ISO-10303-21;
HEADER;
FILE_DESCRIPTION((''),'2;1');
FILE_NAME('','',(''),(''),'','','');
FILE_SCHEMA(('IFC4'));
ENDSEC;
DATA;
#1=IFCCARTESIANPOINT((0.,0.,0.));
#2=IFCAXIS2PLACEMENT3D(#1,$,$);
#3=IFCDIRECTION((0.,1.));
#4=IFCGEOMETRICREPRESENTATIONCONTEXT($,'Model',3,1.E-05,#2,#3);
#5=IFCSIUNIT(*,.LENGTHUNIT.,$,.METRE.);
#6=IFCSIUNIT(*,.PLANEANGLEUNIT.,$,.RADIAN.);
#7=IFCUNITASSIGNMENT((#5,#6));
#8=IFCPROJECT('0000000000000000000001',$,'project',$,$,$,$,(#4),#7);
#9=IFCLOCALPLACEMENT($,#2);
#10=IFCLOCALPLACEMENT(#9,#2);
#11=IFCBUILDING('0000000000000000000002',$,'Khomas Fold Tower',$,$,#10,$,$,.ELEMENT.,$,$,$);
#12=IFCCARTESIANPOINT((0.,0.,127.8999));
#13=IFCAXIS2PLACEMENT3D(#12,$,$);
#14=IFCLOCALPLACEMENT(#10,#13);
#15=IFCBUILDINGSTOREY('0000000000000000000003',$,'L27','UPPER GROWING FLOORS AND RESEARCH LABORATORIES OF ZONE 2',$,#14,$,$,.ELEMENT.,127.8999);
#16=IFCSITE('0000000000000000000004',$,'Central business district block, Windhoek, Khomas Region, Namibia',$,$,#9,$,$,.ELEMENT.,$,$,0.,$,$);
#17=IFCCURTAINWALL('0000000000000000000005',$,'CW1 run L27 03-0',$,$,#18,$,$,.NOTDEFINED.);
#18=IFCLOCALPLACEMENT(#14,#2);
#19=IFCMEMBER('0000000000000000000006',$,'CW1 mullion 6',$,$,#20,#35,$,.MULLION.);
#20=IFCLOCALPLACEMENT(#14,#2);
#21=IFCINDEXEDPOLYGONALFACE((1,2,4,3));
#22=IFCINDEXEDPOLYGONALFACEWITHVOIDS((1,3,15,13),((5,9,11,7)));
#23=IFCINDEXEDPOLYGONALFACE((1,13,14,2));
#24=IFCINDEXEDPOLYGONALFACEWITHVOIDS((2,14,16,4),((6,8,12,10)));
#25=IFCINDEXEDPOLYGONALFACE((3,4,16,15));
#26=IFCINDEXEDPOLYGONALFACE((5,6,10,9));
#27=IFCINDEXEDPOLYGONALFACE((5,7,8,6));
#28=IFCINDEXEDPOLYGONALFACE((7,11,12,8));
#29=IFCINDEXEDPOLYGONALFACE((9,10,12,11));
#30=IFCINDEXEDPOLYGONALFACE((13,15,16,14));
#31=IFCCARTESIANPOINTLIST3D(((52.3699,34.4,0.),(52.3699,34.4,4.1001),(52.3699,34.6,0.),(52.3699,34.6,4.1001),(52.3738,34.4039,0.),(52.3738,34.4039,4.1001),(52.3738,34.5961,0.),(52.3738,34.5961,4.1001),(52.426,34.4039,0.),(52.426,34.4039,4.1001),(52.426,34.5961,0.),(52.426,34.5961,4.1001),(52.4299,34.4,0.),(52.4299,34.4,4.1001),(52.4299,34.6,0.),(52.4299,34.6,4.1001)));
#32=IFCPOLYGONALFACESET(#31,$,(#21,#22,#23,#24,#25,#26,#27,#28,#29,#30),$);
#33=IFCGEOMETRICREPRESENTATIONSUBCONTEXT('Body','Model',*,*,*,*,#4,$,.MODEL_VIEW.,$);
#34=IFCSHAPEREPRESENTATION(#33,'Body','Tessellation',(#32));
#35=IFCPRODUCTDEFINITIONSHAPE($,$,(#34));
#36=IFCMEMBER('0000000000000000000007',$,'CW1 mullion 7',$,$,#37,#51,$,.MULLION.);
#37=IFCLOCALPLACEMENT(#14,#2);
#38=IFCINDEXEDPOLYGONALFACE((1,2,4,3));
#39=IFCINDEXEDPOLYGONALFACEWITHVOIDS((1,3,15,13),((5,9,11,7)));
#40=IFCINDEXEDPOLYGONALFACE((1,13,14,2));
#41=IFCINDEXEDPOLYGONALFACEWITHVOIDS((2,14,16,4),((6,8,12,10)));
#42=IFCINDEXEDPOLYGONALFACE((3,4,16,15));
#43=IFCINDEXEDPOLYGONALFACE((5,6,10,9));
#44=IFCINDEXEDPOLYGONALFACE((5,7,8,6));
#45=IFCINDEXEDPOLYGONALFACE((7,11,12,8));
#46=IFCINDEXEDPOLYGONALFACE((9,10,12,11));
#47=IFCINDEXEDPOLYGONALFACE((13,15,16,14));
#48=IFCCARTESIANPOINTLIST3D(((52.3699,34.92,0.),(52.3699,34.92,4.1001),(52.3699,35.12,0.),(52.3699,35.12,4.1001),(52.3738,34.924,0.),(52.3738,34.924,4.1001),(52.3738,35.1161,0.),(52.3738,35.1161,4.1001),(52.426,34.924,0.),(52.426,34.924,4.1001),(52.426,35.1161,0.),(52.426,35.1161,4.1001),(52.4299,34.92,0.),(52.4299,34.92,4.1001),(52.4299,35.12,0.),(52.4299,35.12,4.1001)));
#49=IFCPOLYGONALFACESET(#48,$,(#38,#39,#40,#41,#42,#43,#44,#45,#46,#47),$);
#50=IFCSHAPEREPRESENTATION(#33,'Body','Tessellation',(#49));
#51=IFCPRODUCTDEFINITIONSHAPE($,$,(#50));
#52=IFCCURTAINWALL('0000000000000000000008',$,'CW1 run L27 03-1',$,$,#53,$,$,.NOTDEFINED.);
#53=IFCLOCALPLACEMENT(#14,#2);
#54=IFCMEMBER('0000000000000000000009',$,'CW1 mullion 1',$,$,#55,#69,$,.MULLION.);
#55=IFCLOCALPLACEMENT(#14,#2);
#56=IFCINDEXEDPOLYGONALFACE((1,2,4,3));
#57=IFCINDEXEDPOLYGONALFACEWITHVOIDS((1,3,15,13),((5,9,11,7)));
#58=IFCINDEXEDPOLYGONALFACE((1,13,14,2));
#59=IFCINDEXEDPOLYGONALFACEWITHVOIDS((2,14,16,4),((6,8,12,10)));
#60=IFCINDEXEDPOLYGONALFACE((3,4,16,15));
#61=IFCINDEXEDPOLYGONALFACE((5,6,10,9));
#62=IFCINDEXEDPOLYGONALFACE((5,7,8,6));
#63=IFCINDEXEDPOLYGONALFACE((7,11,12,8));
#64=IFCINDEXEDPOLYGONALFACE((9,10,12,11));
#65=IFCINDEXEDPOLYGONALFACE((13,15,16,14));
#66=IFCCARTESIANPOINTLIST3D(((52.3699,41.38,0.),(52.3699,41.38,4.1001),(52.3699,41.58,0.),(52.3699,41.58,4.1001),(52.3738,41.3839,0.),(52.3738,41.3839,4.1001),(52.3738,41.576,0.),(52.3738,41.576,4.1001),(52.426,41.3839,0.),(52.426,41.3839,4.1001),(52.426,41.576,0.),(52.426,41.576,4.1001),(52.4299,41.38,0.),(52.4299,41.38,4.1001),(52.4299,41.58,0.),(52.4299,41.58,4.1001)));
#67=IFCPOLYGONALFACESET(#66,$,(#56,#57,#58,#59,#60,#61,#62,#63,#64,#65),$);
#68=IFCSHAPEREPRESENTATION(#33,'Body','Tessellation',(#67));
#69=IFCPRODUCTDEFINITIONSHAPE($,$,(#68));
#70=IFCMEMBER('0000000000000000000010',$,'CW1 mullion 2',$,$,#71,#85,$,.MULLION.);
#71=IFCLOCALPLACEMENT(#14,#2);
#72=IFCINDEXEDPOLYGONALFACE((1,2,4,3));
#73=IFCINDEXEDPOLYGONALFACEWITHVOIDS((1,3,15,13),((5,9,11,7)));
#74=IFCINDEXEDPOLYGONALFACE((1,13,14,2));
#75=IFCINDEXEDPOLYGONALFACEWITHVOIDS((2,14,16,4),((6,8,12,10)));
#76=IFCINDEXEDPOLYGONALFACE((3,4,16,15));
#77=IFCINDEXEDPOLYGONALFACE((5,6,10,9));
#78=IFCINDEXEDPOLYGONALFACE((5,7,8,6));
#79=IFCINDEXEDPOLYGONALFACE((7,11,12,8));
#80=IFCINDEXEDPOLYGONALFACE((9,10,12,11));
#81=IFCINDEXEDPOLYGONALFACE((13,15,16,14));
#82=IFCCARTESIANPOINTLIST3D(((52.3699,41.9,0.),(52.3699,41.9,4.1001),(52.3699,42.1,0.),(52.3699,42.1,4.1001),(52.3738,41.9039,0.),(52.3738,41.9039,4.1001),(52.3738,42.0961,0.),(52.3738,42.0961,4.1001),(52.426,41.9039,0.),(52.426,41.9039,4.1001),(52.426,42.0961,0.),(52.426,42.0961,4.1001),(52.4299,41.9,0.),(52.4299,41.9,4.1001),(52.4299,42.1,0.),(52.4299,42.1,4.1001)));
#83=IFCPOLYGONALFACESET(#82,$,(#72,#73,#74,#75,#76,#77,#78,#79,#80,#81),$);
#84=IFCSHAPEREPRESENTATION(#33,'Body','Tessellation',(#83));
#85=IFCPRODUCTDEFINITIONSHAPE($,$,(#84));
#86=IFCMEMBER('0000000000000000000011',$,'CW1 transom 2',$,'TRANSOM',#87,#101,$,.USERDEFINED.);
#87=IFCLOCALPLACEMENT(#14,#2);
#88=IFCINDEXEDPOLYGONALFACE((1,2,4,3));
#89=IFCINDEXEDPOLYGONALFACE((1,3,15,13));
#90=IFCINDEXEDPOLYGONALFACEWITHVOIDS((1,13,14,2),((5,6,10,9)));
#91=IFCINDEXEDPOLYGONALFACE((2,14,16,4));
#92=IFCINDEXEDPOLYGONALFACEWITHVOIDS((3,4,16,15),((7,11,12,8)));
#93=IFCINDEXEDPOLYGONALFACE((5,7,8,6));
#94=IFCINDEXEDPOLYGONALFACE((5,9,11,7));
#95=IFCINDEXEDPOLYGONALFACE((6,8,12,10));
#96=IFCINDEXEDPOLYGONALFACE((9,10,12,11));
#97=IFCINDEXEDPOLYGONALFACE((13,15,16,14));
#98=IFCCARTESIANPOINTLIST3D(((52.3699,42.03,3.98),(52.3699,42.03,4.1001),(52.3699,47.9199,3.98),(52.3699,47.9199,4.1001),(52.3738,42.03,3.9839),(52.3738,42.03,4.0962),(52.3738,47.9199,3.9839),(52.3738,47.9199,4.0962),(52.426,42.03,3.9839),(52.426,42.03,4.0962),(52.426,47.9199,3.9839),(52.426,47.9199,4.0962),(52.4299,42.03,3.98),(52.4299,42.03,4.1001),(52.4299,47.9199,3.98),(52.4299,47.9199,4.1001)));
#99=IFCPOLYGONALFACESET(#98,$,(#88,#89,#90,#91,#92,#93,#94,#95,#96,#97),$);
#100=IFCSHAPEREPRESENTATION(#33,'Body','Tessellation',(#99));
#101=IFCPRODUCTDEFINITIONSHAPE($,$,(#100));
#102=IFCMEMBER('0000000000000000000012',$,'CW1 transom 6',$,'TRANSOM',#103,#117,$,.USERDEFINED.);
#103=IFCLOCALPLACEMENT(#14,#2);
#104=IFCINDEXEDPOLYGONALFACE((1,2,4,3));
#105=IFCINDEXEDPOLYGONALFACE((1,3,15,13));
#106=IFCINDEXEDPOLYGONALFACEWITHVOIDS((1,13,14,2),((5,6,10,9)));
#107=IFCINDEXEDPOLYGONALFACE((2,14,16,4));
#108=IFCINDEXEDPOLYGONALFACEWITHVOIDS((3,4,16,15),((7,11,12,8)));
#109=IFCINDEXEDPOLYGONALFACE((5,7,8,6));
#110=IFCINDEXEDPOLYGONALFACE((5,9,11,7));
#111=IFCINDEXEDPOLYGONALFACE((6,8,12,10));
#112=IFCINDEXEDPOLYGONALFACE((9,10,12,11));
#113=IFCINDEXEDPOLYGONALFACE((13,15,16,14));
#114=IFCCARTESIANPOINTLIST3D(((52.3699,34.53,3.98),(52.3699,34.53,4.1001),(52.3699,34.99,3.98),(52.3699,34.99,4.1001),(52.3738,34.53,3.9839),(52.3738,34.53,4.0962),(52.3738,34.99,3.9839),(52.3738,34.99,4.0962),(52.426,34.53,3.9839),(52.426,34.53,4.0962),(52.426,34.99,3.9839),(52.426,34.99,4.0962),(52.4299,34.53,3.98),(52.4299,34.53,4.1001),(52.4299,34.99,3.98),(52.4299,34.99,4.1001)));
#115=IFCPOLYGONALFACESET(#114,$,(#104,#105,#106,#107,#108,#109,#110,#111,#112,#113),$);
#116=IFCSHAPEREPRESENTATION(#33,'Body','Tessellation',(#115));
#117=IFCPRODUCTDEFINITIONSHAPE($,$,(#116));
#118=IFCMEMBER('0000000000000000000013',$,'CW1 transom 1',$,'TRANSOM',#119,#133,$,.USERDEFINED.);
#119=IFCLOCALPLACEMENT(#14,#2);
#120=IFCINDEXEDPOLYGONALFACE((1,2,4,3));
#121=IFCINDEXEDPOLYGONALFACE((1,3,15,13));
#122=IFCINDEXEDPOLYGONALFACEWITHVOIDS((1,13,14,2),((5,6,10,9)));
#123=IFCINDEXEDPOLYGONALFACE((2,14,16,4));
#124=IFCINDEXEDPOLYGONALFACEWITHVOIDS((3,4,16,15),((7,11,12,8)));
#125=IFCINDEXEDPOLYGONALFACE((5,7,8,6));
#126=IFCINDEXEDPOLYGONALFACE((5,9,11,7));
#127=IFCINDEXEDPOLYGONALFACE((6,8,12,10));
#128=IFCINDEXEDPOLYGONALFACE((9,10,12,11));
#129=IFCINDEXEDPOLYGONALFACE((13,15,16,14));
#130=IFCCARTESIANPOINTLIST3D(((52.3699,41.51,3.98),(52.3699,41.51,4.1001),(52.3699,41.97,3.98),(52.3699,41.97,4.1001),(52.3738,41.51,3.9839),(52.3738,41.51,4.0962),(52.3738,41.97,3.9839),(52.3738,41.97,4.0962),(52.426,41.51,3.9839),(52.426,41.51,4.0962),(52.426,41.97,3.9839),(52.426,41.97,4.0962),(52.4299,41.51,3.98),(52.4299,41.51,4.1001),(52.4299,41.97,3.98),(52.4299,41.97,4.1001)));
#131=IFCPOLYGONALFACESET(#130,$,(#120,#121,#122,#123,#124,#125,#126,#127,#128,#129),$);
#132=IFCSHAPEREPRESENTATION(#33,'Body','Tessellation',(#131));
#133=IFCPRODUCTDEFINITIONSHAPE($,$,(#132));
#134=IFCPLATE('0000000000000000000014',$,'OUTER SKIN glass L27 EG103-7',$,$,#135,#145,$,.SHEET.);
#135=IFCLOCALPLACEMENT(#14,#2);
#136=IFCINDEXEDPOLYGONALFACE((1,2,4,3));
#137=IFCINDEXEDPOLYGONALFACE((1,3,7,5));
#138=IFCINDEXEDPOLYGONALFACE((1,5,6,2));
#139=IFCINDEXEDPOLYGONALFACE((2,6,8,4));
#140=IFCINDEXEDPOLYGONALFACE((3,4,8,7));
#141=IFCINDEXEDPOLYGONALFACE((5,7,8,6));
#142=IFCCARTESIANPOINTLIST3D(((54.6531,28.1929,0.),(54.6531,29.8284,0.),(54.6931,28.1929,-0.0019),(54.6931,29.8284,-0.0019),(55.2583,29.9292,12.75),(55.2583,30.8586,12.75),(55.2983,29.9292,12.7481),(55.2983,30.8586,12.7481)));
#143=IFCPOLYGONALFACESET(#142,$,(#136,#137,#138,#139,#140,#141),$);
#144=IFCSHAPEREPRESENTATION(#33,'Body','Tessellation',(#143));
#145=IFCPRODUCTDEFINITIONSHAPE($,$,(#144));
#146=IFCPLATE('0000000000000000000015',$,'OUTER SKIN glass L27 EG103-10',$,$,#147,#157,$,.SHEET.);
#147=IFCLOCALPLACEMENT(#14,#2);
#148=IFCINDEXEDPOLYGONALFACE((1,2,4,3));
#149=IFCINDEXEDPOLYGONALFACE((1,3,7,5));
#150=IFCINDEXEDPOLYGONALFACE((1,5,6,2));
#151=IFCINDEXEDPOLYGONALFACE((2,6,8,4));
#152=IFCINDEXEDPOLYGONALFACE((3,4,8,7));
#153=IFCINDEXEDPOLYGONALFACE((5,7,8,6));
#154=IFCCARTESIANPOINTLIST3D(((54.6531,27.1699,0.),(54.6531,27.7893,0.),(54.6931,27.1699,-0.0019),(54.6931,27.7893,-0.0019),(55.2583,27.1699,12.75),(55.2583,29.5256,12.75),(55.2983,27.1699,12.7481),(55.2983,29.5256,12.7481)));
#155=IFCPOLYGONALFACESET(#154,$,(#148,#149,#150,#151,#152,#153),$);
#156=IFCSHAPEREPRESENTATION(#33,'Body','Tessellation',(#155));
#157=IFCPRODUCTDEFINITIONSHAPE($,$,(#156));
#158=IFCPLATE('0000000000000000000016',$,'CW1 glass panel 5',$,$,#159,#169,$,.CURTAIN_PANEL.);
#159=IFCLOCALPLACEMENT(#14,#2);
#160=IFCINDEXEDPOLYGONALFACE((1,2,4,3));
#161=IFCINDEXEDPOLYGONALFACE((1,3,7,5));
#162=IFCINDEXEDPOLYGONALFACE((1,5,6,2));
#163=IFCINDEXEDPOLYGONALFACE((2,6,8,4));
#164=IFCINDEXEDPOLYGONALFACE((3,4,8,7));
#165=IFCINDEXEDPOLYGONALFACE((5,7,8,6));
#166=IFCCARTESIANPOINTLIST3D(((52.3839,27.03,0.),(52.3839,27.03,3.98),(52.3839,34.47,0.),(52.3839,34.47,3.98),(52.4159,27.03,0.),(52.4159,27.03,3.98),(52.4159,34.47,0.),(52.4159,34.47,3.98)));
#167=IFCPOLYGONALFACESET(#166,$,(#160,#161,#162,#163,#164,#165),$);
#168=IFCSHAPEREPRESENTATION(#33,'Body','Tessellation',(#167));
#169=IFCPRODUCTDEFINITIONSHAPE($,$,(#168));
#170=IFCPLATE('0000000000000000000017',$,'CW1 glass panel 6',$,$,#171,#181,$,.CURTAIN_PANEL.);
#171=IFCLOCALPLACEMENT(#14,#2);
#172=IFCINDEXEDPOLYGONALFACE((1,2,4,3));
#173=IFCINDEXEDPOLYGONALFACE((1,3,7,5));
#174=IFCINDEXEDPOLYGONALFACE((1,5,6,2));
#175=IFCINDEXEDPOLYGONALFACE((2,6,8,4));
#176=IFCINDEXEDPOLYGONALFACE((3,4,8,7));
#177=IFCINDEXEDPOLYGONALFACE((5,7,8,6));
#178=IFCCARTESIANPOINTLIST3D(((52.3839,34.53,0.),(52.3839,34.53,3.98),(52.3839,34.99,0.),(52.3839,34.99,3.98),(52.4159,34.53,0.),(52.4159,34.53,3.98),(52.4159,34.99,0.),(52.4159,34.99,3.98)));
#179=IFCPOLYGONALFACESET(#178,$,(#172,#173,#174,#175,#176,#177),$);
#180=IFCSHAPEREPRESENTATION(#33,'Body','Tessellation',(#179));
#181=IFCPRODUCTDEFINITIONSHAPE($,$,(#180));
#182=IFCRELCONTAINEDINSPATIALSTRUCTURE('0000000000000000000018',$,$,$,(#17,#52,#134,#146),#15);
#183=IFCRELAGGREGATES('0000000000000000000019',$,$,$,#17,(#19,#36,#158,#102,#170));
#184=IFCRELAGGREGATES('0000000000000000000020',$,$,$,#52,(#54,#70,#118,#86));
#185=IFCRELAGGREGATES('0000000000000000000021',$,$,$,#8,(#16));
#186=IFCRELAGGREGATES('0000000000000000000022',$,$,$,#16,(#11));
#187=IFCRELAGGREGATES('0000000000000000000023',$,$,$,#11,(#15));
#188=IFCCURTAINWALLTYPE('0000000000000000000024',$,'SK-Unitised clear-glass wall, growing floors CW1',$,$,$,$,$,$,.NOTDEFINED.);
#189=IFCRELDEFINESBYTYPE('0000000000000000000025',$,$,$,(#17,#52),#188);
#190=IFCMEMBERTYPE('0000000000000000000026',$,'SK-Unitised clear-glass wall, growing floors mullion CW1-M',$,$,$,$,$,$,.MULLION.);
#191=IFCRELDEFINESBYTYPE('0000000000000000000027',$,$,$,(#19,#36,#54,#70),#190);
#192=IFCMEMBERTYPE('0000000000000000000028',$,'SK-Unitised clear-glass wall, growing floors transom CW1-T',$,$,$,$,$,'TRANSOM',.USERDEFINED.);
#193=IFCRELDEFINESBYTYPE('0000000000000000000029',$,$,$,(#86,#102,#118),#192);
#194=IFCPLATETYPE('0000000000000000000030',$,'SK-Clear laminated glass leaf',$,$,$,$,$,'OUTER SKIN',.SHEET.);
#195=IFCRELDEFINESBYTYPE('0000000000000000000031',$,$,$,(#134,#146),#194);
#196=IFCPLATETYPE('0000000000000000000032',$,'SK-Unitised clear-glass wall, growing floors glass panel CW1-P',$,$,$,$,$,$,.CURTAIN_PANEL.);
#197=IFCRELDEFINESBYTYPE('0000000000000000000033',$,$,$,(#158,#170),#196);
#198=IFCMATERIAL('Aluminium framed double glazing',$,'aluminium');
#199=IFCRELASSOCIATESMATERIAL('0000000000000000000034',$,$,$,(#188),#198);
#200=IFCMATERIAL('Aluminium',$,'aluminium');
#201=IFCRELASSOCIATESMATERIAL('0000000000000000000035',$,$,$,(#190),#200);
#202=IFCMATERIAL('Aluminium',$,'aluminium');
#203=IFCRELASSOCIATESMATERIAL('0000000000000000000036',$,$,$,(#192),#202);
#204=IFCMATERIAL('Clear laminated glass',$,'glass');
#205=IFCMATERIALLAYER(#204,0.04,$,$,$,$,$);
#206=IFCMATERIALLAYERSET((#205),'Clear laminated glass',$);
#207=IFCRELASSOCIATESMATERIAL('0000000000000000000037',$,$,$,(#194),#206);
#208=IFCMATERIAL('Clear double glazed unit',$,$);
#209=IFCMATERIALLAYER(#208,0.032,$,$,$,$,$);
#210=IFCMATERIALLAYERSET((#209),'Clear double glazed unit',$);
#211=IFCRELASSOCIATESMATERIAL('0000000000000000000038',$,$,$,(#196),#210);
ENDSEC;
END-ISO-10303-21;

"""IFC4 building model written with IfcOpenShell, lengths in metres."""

from ifc_helpers import new_model, si_unit, direction, frame, origin, origin_2d, place, context, subcontext, project, spatial, polyline, rectangle, hollow_rectangle, outline, extrude, source, transform, mapped, material, layer, layer_set, material_profile, profile_set, type_object, element, aggregate, save


model = new_model("IFC4")

# Units and contexts
model_context = context("Model", 3, precision=1e-05, world=origin(), true_north=direction((0.0, 1.0)))
body_context = subcontext(model_context, "Body", "Model", "MODEL_VIEW")
ifc_project = project(units=[si_unit("LENGTHUNIT", "METRE"), si_unit("PLANEANGLEUNIT", "RADIAN")], contexts=[model_context])

# Site, building, storey
site_placement = place(None, origin())
site = spatial("IfcSite", under=ifc_project, at=site_placement, Name="Central business district block, Windhoek, Khomas Region, Namibia", CompositionType="ELEMENT", RefElevation=0.0)
building_placement = place(site_placement, origin())
building = spatial("IfcBuilding", under=site, at=building_placement, Name="Khomas Fold Tower", CompositionType="ELEMENT")
storey_placement = place(building_placement, frame((0.0, 0.0, 127.8999)))
storey = spatial("IfcBuildingStorey", under=building, at=storey_placement, Name="L27", Description="UPPER GROWING FLOORS AND RESEARCH LABORATORIES OF ZONE 2", CompositionType="ELEMENT", Elevation=127.8999)

# Curtain walls, members
ifc_material_1 = material(Name="Aluminium framed double glazing", Category="aluminium")
curtain_wall_type = type_object("IfcCurtainWallType", Name="SK-Unitised clear-glass wall, growing floors CW1", PredefinedType="NOTDEFINED", material=ifc_material_1)
curtain_wall_1_placement = place(storey_placement, origin())
curtain_wall_1 = element("IfcCurtainWall", 1, at=curtain_wall_1_placement, inside=storey, type_object=curtain_wall_type, Name="CW1 run L27 03-0", PredefinedType="NOTDEFINED")
ifc_material_2 = material(Name="Aluminium", Category="aluminium")
ifc_material_profile_1 = material_profile(ifc_material_2, hollow_rectangle(XDim=0.0601, YDim=0.2, WallThickness=0.0039, at=origin_2d()), Name="SK-Unitised clear-glass wall, growing floors mullion CW1-M")
ifc_profile_set_1 = profile_set([ifc_material_profile_1], Name="Aluminium")
member_type_1 = type_object("IfcMemberType", Name="SK-Unitised clear-glass wall, growing floors mullion CW1-M", PredefinedType="MULLION", material=ifc_profile_set_1)
shared_shape_1 = source(origin(), body_context, "Body", "SweptSolid", [
    extrude(hollow_rectangle(XDim=0.0601, YDim=0.2, WallThickness=0.0039, at=origin_2d()), origin(), (0.0, 0.0, 1.0), 4.1001),
])
member_1_placement = place(storey_placement, frame((52.3999, 34.5, 0.0), z_axis=(0.0, 0.0, 1.0), x_axis=(-1.0, 0.0, 0.0)))
member_1 = element("IfcMember", 2, at=member_1_placement, type_object=member_type_1, Name="CW1 mullion 6", PredefinedType="MULLION", context=body_context, shape_type="MappedRepresentation", body=[
    mapped(shared_shape_1, transform((0.0, 0.0, 0.0))),
])
member_2_placement = place(storey_placement, frame((52.3999, 35.02, 0.0), z_axis=(0.0, 0.0, 1.0), x_axis=(-1.0, 0.0, 0.0)))
member_2 = element("IfcMember", 3, at=member_2_placement, type_object=member_type_1, Name="CW1 mullion 7", PredefinedType="MULLION", context=body_context, shape_type="MappedRepresentation", body=[
    mapped(shared_shape_1, transform((0.0, 0.0, 0.0))),
])
curtain_wall_2_placement = place(storey_placement, origin())
curtain_wall_2 = element("IfcCurtainWall", 4, at=curtain_wall_2_placement, inside=storey, type_object=curtain_wall_type, Name="CW1 run L27 03-1", PredefinedType="NOTDEFINED")
member_3_placement = place(storey_placement, frame((52.3999, 41.48, 0.0), z_axis=(0.0, 0.0, 1.0), x_axis=(-1.0, 0.0, 0.0)))
member_3 = element("IfcMember", 5, at=member_3_placement, type_object=member_type_1, Name="CW1 mullion 1", PredefinedType="MULLION", context=body_context, shape_type="MappedRepresentation", body=[
    mapped(shared_shape_1, transform((0.0, 0.0, 0.0))),
])
member_4_placement = place(storey_placement, frame((52.3999, 42.0, 0.0), z_axis=(0.0, 0.0, 1.0), x_axis=(-1.0, 0.0, 0.0)))
member_4 = element("IfcMember", 6, at=member_4_placement, type_object=member_type_1, Name="CW1 mullion 2", PredefinedType="MULLION", context=body_context, shape_type="MappedRepresentation", body=[
    mapped(shared_shape_1, transform((0.0, 0.0, 0.0))),
])
ifc_material_3 = material(Name="Aluminium", Category="aluminium")
ifc_material_profile_2 = material_profile(ifc_material_3, hollow_rectangle(XDim=0.0601, YDim=0.1201, WallThickness=0.0039, at=origin_2d()), Name="SK-Unitised clear-glass wall, growing floors transom CW1-T")
ifc_profile_set_2 = profile_set([ifc_material_profile_2], Name="Aluminium")
member_type_2 = type_object("IfcMemberType", Name="SK-Unitised clear-glass wall, growing floors transom CW1-T", ElementType="TRANSOM", PredefinedType="USERDEFINED", material=ifc_profile_set_2)
shared_shape_2 = source(origin(), body_context, "Body", "SweptSolid", [
    extrude(hollow_rectangle(XDim=0.0601, YDim=0.1201, WallThickness=0.0039, at=origin_2d()), origin(), (0.0, 0.0, 1.0), 5.8899),
])
member_5_placement = place(storey_placement, frame((52.3999, 42.03, 4.04), z_axis=(0.0, 1.0, 0.0), x_axis=(-1.0, 0.0, 0.0)))
member_5 = element("IfcMember", 7, at=member_5_placement, type_object=member_type_2, Name="CW1 transom 2", ObjectType="TRANSOM", PredefinedType="USERDEFINED", context=body_context, shape_type="MappedRepresentation", body=[
    mapped(shared_shape_2, transform((0.0, 0.0, 0.0))),
])

# Members
shared_shape_3 = source(origin(), body_context, "Body", "SweptSolid", [
    extrude(hollow_rectangle(XDim=0.0601, YDim=0.1201, WallThickness=0.0039, at=origin_2d()), origin(), (0.0, 0.0, 1.0), 0.46),
])
member_6_placement = place(storey_placement, frame((52.3999, 34.53, 4.04), z_axis=(0.0, 1.0, 0.0), x_axis=(-1.0, 0.0, 0.0)))
member_6 = element("IfcMember", 8, at=member_6_placement, type_object=member_type_2, Name="CW1 transom 6", ObjectType="TRANSOM", PredefinedType="USERDEFINED", context=body_context, shape_type="MappedRepresentation", body=[
    mapped(shared_shape_3, transform((0.0, 0.0, 0.0))),
])
member_7_placement = place(storey_placement, frame((52.3999, 41.51, 4.04), z_axis=(0.0, 1.0, 0.0), x_axis=(-1.0, 0.0, 0.0)))
member_7 = element("IfcMember", 9, at=member_7_placement, type_object=member_type_2, Name="CW1 transom 1", ObjectType="TRANSOM", PredefinedType="USERDEFINED", context=body_context, shape_type="MappedRepresentation", body=[
    mapped(shared_shape_3, transform((0.0, 0.0, 0.0))),
])

# Plates
ifc_material_4 = material(Name="Clear laminated glass", Category="glass")
ifc_layer_1 = layer(ifc_material_4, 0.04)
ifc_layer_set_1 = layer_set([ifc_layer_1], Name="Clear laminated glass")
plate_type_1 = type_object("IfcPlateType", Name="SK-Clear laminated glass leaf", ElementType="OUTER SKIN", PredefinedType="SHEET", material=ifc_layer_set_1)
plate_1_placement = place(storey_placement, frame((54.6531, 29.8284, 0.0), z_axis=(-0.998875, 0.0, 0.047415), x_axis=(0.0, -1.0, 0.0)))
element("IfcPlate", 10, at=plate_1_placement, inside=storey, type_object=plate_type_1, Name="OUTER SKIN glass L27 EG103-7", PredefinedType="SHEET", context=body_context, shape_type="SweptSolid", body=[
    extrude(outline(polyline([(0.0, 0.0), (1.6355, 0.0), (-0.1008, 12.7644), (-1.0303, 12.7644), (0.0, 0.0)])), origin(), (0.0, 0.0, -1.0), 0.04),
])
plate_2_placement = place(storey_placement, frame((54.6531, 27.7893, 0.0), z_axis=(-0.998875, 0.0, 0.047415), x_axis=(0.0, -1.0, 0.0)))
element("IfcPlate", 11, at=plate_2_placement, inside=storey, type_object=plate_type_1, Name="OUTER SKIN glass L27 EG103-10", PredefinedType="SHEET", context=body_context, shape_type="SweptSolid", body=[
    extrude(outline(polyline([(0.0, 0.0), (0.6194, 0.0), (0.6194, 12.7644), (-1.7363, 12.7644), (0.0, 0.0)])), origin(), (0.0, 0.0, -1.0), 0.04),
])

# Plates
ifc_material_5 = material(Name="Clear double glazed unit")
ifc_layer_2 = layer(ifc_material_5, 0.032)
ifc_layer_set_2 = layer_set([ifc_layer_2], Name="Clear double glazed unit")
plate_type_2 = type_object("IfcPlateType", Name="SK-Unitised clear-glass wall, growing floors glass panel CW1-P", PredefinedType="CURTAIN_PANEL", material=ifc_layer_set_2)
shared_shape_4 = source(origin(), body_context, "Body", "SweptSolid", [
    extrude(rectangle(XDim=7.4399, YDim=0.032, at=origin_2d()), origin(), (0.0, 0.0, 1.0), 3.98),
])
plate_3_placement = place(storey_placement, frame((52.3999, 30.75, 0.0), z_axis=(0.0, 0.0, 1.0), x_axis=(0.0, 1.0, 0.0)))
plate_3 = element("IfcPlate", 12, at=plate_3_placement, type_object=plate_type_2, Name="CW1 glass panel 5", PredefinedType="CURTAIN_PANEL", context=body_context, shape_type="MappedRepresentation", body=[
    mapped(shared_shape_4, transform((0.0, 0.0, 0.0))),
])
shared_shape_5 = source(origin(), body_context, "Body", "SweptSolid", [
    extrude(rectangle(XDim=0.46, YDim=0.032, at=origin_2d()), origin(), (0.0, 0.0, 1.0), 3.98),
])
plate_4_placement = place(storey_placement, frame((52.3999, 34.76, 0.0), z_axis=(0.0, 0.0, 1.0), x_axis=(0.0, 1.0, 0.0)))
plate_4 = element("IfcPlate", 13, at=plate_4_placement, type_object=plate_type_2, Name="CW1 glass panel 6", PredefinedType="CURTAIN_PANEL", context=body_context, shape_type="MappedRepresentation", body=[
    mapped(shared_shape_5, transform((0.0, 0.0, 0.0))),
])
aggregate(curtain_wall_1, [member_1, member_2, plate_3, member_6, plate_4])
aggregate(curtain_wall_2, [member_3, member_4, member_7, member_5])

save(model, "model.ifc")
